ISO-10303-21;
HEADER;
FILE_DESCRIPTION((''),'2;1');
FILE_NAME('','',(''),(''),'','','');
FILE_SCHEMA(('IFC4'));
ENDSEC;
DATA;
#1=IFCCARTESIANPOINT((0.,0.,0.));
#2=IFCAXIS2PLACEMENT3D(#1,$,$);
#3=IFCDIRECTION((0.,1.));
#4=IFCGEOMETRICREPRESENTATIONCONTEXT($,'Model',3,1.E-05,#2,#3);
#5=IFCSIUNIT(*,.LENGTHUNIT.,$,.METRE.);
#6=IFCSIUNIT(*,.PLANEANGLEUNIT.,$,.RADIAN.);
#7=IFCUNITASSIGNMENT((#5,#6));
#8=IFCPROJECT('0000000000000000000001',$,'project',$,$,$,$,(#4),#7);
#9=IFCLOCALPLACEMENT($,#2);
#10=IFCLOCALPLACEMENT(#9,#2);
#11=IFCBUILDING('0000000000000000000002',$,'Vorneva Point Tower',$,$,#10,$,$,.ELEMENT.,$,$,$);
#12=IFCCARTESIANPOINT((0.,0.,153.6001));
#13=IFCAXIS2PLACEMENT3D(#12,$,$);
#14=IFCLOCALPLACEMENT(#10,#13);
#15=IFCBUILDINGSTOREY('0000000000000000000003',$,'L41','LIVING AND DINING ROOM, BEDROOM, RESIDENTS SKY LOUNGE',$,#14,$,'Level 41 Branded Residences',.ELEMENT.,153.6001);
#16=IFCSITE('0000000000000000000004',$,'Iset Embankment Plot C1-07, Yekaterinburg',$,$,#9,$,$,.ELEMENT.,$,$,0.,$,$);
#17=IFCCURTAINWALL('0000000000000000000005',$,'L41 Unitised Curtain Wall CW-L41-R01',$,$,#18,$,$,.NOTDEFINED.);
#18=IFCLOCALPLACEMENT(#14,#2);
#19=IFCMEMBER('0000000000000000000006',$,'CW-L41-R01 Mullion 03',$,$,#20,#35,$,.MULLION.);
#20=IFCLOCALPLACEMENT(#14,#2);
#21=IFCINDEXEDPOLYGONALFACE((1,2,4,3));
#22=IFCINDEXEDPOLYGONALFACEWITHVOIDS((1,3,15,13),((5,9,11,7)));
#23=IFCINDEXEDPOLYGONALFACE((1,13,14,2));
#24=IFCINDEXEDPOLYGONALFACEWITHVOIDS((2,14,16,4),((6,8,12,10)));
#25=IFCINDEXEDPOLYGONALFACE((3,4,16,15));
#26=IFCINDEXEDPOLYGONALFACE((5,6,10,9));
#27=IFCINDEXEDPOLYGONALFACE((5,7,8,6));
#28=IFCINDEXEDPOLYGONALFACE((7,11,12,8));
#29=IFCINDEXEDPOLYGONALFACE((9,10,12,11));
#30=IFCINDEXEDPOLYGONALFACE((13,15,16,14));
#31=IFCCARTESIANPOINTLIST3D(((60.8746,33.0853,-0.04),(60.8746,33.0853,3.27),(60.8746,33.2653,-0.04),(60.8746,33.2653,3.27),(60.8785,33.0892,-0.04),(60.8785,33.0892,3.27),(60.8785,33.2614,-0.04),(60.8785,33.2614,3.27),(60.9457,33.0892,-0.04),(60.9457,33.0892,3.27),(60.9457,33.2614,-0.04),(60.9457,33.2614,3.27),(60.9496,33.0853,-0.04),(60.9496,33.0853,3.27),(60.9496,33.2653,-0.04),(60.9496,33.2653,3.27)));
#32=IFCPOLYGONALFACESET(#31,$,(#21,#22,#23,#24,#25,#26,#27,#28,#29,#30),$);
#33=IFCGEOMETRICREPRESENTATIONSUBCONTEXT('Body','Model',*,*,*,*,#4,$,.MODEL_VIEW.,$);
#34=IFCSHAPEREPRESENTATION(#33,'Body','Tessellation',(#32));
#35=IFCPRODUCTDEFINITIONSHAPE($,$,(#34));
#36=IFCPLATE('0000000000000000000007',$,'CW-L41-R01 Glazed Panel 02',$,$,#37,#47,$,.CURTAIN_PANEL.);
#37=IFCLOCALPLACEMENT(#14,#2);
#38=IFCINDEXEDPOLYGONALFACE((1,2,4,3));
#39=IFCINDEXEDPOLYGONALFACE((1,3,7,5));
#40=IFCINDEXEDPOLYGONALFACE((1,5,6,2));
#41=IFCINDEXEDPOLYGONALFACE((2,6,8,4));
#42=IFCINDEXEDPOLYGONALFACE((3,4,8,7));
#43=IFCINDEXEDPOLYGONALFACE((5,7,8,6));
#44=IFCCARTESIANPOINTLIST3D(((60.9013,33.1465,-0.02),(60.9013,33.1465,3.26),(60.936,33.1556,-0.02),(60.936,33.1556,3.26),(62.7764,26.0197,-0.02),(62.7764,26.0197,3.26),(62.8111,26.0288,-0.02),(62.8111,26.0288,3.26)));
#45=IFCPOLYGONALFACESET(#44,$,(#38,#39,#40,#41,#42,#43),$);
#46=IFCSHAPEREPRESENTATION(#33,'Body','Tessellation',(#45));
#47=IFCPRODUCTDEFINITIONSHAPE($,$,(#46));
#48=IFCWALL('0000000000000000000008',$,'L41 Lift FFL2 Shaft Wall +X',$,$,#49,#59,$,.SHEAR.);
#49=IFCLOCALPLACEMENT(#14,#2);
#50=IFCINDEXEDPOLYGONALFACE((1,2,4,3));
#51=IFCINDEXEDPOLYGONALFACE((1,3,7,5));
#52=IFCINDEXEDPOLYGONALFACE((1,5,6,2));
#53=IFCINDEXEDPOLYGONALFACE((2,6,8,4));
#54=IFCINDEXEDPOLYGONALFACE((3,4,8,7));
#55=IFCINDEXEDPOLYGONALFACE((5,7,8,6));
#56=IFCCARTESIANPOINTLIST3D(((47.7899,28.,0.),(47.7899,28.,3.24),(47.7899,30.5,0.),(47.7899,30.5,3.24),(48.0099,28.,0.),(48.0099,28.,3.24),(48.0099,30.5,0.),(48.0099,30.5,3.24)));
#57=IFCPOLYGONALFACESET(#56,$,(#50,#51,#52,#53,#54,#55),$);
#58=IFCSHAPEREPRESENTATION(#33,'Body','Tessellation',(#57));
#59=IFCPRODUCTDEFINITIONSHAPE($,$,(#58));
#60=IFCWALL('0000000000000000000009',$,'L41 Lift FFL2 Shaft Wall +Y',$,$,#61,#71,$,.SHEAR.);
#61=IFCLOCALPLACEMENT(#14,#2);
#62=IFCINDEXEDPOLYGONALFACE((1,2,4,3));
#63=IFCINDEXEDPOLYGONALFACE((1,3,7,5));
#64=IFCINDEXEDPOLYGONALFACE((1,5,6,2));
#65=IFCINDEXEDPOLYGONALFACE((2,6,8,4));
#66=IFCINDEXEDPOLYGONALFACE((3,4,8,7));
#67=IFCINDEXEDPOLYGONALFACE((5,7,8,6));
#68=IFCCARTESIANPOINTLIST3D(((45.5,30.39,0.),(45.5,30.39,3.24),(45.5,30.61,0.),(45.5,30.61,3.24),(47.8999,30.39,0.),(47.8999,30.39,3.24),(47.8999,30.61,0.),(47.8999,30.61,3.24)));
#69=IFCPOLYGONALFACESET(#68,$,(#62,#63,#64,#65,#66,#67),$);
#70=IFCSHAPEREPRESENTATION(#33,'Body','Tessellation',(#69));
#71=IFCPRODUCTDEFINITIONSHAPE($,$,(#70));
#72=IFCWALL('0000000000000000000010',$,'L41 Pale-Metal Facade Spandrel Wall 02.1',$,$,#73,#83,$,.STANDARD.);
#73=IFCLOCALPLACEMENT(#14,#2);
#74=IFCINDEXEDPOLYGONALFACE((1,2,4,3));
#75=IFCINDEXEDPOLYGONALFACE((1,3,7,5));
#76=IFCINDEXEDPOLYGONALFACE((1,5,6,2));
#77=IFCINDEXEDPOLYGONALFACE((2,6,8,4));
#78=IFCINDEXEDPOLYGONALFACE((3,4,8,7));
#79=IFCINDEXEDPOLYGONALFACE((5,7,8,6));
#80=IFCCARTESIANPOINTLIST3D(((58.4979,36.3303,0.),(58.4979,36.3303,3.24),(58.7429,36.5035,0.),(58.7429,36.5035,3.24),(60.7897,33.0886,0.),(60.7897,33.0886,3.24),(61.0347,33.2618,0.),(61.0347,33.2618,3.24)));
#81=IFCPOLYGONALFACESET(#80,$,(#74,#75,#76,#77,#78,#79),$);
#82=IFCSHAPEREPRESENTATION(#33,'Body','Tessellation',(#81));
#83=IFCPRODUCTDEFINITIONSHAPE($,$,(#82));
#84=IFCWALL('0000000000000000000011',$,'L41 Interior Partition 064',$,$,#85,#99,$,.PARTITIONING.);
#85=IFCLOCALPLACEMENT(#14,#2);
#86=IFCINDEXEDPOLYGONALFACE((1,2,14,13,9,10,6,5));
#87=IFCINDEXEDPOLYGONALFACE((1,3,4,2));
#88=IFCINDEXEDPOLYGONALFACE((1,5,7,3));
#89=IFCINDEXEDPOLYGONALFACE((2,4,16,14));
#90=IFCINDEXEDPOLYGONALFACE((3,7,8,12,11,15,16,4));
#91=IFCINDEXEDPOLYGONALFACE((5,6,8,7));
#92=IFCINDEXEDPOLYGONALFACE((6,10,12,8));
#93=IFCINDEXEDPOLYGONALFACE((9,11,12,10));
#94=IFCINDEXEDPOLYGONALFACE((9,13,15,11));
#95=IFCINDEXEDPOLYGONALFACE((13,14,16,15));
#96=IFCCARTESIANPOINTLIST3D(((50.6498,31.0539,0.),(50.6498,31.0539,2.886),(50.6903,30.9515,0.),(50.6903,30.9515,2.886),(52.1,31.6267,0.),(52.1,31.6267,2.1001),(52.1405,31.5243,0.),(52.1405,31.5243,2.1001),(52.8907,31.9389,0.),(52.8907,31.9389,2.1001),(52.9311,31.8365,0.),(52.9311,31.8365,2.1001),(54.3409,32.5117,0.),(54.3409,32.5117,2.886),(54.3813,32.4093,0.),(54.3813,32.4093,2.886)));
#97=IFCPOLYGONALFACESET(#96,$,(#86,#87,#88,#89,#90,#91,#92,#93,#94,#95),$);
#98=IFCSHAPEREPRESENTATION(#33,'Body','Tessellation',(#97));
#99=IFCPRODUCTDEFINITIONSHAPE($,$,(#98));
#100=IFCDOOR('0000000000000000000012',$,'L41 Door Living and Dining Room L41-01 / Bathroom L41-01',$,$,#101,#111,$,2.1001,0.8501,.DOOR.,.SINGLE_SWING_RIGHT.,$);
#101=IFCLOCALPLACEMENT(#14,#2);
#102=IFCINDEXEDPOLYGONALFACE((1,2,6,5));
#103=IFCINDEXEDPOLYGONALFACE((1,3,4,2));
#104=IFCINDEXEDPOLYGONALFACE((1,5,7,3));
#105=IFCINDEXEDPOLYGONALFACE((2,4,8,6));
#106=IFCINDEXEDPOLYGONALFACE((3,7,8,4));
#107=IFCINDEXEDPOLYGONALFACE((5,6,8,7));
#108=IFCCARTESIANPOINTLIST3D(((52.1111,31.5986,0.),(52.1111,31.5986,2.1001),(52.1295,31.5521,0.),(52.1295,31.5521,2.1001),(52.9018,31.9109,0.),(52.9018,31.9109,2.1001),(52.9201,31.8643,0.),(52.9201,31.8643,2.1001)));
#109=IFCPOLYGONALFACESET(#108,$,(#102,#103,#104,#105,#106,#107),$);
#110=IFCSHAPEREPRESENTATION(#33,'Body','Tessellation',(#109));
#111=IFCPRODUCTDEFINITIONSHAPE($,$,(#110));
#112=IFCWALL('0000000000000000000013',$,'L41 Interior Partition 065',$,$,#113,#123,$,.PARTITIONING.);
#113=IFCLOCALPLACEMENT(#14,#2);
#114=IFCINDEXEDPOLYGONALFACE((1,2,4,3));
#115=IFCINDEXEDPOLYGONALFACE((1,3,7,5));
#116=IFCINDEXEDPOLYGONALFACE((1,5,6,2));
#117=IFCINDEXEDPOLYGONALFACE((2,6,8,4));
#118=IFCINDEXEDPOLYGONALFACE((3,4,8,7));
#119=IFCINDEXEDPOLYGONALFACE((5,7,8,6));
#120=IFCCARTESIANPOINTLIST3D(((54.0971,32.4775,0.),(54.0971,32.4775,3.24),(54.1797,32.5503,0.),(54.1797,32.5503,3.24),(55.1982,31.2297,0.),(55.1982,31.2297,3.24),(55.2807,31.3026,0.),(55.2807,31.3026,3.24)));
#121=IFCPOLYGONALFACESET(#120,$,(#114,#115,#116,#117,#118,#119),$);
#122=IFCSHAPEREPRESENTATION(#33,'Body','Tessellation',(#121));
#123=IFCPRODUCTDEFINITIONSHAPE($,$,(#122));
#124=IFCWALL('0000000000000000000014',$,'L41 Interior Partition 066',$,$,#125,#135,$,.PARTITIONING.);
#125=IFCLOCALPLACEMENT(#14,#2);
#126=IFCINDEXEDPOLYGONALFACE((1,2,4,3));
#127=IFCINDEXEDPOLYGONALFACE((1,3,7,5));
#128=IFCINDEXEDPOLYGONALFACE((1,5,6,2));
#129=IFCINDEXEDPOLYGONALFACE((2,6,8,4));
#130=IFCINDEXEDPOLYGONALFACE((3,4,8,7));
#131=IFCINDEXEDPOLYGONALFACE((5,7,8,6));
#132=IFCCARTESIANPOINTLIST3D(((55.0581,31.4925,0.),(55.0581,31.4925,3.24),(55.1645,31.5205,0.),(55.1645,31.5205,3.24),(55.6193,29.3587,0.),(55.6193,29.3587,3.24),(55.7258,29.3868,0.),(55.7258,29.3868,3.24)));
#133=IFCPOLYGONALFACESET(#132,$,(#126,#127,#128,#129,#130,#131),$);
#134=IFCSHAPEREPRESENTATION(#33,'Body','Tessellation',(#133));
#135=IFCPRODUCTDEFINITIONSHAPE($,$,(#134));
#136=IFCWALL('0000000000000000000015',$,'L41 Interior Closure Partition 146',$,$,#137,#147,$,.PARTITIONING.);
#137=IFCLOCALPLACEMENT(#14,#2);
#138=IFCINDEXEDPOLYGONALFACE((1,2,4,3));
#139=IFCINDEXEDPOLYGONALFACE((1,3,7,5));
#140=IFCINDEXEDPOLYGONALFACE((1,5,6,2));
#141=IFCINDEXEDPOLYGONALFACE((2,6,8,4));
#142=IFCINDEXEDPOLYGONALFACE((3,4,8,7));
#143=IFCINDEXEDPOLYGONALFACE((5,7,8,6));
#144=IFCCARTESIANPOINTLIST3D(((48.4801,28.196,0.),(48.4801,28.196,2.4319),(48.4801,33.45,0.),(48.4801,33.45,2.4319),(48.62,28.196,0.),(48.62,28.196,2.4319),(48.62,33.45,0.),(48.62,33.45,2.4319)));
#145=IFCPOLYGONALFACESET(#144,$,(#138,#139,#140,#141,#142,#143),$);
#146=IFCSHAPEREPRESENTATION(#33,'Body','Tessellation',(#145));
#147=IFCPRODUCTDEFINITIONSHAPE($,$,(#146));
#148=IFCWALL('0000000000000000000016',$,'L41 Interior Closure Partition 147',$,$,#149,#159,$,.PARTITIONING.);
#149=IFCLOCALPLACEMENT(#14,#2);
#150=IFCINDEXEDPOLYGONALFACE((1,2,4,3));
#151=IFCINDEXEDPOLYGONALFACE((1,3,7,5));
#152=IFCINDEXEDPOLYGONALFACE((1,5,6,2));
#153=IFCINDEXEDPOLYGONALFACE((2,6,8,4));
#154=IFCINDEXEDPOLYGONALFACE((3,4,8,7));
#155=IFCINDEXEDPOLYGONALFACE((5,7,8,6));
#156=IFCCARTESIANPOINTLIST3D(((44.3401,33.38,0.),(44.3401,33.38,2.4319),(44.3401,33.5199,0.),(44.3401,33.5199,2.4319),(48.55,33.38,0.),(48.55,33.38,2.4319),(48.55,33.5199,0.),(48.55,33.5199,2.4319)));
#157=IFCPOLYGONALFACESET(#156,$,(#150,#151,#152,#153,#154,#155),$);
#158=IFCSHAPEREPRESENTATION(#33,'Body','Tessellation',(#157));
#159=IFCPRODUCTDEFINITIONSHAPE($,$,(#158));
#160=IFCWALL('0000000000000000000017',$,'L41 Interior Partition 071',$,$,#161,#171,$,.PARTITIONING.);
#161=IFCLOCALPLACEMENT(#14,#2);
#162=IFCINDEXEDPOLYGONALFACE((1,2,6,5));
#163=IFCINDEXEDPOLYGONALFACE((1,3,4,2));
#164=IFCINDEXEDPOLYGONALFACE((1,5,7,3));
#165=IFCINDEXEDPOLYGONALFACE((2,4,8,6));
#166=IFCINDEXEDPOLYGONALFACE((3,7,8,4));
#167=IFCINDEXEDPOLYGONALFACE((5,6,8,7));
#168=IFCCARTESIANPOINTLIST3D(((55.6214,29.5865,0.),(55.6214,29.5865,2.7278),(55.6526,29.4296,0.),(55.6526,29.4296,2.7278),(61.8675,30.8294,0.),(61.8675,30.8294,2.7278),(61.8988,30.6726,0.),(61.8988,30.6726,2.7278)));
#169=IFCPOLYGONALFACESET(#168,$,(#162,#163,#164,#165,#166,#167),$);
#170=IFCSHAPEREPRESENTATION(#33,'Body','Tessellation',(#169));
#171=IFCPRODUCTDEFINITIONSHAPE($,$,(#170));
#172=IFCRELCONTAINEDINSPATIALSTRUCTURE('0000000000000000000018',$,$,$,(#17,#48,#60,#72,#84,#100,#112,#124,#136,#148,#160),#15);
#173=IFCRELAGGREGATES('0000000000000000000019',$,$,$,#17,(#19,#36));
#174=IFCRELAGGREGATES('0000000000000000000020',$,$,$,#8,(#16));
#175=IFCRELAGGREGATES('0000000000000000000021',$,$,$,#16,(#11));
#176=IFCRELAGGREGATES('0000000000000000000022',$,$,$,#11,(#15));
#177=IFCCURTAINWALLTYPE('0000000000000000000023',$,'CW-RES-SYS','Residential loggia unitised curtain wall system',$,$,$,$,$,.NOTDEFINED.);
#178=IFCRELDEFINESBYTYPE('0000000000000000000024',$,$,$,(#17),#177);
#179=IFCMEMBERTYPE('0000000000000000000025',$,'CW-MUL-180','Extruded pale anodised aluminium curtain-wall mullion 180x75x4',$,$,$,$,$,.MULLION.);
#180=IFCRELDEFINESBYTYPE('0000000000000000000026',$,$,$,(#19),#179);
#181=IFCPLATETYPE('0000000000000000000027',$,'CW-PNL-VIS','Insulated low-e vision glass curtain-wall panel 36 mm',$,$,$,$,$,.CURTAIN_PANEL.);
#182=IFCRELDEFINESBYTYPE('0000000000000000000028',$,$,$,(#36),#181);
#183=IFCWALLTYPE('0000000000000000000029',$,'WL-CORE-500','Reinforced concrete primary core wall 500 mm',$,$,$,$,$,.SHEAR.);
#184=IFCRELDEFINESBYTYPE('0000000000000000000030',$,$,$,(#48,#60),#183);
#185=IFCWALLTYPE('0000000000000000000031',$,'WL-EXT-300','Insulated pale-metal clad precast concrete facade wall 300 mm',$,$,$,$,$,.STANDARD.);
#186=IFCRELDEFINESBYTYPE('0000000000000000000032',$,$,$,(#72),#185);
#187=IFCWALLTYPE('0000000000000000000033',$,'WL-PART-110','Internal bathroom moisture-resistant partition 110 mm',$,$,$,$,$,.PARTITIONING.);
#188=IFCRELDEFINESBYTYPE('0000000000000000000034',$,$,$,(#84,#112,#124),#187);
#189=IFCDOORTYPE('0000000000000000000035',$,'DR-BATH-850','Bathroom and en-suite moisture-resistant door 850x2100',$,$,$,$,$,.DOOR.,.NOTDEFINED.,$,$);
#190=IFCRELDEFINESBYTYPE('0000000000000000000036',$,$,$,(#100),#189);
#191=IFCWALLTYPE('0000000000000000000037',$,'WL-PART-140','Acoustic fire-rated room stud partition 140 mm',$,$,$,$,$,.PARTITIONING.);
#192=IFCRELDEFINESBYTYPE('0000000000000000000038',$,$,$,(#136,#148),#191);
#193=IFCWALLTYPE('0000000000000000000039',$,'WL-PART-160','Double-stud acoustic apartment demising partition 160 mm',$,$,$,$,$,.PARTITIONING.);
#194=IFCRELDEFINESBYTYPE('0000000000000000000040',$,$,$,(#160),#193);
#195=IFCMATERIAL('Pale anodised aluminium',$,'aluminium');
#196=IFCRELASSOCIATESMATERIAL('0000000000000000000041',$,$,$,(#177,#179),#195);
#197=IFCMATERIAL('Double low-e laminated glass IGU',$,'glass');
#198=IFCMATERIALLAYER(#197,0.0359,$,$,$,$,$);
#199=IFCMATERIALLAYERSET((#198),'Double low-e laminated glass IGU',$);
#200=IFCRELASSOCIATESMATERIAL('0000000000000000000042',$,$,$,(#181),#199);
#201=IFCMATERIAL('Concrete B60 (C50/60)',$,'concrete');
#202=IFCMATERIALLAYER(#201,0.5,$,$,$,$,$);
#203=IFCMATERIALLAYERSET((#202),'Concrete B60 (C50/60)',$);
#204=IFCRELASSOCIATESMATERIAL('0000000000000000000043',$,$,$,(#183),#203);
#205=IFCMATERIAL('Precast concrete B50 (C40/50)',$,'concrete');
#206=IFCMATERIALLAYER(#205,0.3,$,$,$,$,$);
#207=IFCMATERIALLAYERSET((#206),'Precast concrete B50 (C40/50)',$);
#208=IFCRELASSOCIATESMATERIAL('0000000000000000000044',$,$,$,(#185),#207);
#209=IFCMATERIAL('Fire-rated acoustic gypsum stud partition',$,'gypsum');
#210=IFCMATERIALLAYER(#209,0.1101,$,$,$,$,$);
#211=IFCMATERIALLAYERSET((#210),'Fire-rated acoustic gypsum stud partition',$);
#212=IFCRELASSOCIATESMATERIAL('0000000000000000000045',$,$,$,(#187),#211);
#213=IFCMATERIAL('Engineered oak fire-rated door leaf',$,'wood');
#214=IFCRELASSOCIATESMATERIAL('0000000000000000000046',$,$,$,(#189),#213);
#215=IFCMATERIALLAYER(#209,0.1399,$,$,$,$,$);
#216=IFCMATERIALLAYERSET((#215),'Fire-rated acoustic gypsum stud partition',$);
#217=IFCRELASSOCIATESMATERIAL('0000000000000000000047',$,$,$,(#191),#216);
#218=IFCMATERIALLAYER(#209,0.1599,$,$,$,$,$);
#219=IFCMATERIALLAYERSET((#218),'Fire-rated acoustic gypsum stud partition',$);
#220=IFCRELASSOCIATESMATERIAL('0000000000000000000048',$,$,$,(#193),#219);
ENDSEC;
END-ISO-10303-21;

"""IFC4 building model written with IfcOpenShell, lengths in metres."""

from ifc_helpers import new_model, si_unit, direction, frame, frame_2d, origin, origin_2d, place, context, subcontext, project, spatial, rectangle, hollow_rectangle, extrude, material, layer, layer_set, material_profile, profile_set, type_object, element, fill, aggregate, save


model = new_model("IFC4")

# Units and contexts
model_context = context("Model", 3, precision=1e-05, world=origin(), true_north=direction((0.0, 1.0)))
body_context = subcontext(model_context, "Body", "Model", "MODEL_VIEW")
ifc_project = project(units=[si_unit("LENGTHUNIT", "METRE"), si_unit("PLANEANGLEUNIT", "RADIAN")], contexts=[model_context])

# Site, building, storey
site_placement = place(None, origin())
site = spatial("IfcSite", under=ifc_project, at=site_placement, Name="Iset Embankment Plot C1-07, Yekaterinburg", CompositionType="ELEMENT", RefElevation=0.0)
building_placement = place(site_placement, origin())
building = spatial("IfcBuilding", under=site, at=building_placement, Name="Vorneva Point Tower", CompositionType="ELEMENT")
storey_placement = place(building_placement, frame((0.0, 0.0, 153.6001)))
storey = spatial("IfcBuildingStorey", under=building, at=storey_placement, Name="L41", Description="LIVING AND DINING ROOM, BEDROOM, RESIDENTS SKY LOUNGE", LongName="Level 41 Branded Residences", CompositionType="ELEMENT", Elevation=153.6001)

# Shared definitions
ifc_material_1 = material(Name="Concrete B60 (C50/60)", Category="concrete")

# Curtain wall, member, plate
ifc_material_2 = material(Name="Pale anodised aluminium", Category="aluminium")
curtain_wall_type = type_object("IfcCurtainWallType", Name="CW-RES-SYS", Description="Residential loggia unitised curtain wall system", PredefinedType="NOTDEFINED", material=ifc_material_2)
curtain_wall_placement = place(storey_placement, origin())
curtain_wall = element("IfcCurtainWall", 1, at=curtain_wall_placement, inside=storey, type_object=curtain_wall_type, Name="L41 Unitised Curtain Wall CW-L41-R01", PredefinedType="NOTDEFINED")
ifc_material_profile_1 = material_profile(ifc_material_2, hollow_rectangle(XDim=0.075, YDim=0.1799, WallThickness=0.0039, at=origin_2d()), Name="AL-MUL 180x75x4")
ifc_profile_set_1 = profile_set([ifc_material_profile_1], Name="Pale anodised aluminium")
member_type = type_object("IfcMemberType", Name="CW-MUL-180", Description="Extruded pale anodised aluminium curtain-wall mullion 180x75x4", PredefinedType="MULLION", material=ifc_profile_set_1)
member_placement = place(storey_placement, frame((60.9121, 33.1753, -0.04), z_axis=(0.0, 0.0, 1.0), x_axis=(1.0, 0.0, 0.0)))
member = element("IfcMember", 2, at=member_placement, type_object=member_type, Name="CW-L41-R01 Mullion 03", PredefinedType="MULLION", context=body_context, shape_type="SweptSolid", body=[
    extrude(hollow_rectangle(XDim=0.075, YDim=0.1799, WallThickness=0.0039, at=origin_2d()), origin(), (0.0, 0.0, 1.0), 3.3101),
])
ifc_material_3 = material(Name="Double low-e laminated glass IGU", Category="glass")
ifc_layer_1 = layer(ifc_material_3, 0.0359)
ifc_layer_set_1 = layer_set([ifc_layer_1], Name="Double low-e laminated glass IGU")
plate_type = type_object("IfcPlateType", Name="CW-PNL-VIS", Description="Insulated low-e vision glass curtain-wall panel 36 mm", PredefinedType="CURTAIN_PANEL", material=ifc_layer_set_1)
plate_placement = place(storey_placement, frame((61.8562, 29.5876, -0.02), z_axis=(0.0, 0.0, 1.0), x_axis=(-0.254433, 0.96709, 0.0)))
plate = element("IfcPlate", 3, at=plate_placement, type_object=plate_type, Name="CW-L41-R01 Glazed Panel 02", PredefinedType="CURTAIN_PANEL", context=body_context, shape_type="SweptSolid", body=[
    extrude(rectangle(XDim=7.3694, YDim=0.0359, at=origin_2d()), origin(), (0.0, 0.0, 1.0), 3.28),
])
aggregate(curtain_wall, [member, plate])

# Walls
ifc_layer_2 = layer(ifc_material_1, 0.5)
ifc_layer_set_2 = layer_set([ifc_layer_2], Name="Concrete B60 (C50/60)")
wall_type_1 = type_object("IfcWallType", Name="WL-CORE-500", Description="Reinforced concrete primary core wall 500 mm", PredefinedType="SHEAR", material=ifc_layer_set_2)
wall_1_placement = place(storey_placement, frame((47.8999, 28.0, 0.0), z_axis=(0.0, 0.0, 1.0), x_axis=(0.0, 1.0, 0.0)))
element("IfcWall", 4, at=wall_1_placement, inside=storey, type_object=wall_type_1, Name="L41 Lift FFL2 Shaft Wall +X", PredefinedType="SHEAR", context=body_context, shape_type="SweptSolid", body=[
    extrude(rectangle(XDim=2.5, YDim=0.22, at=frame_2d((1.25, 0.0))), origin(), (0.0, 0.0, 1.0), 3.24),
])
wall_2_placement = place(storey_placement, frame((47.8999, 30.5, 0.0), z_axis=(0.0, 0.0, 1.0), x_axis=(-1.0, 0.0, 0.0)))
element("IfcWall", 5, at=wall_2_placement, inside=storey, type_object=wall_type_1, Name="L41 Lift FFL2 Shaft Wall +Y", PredefinedType="SHEAR", context=body_context, shape_type="SweptSolid", body=[
    extrude(rectangle(XDim=2.3999, YDim=0.22, at=frame_2d((1.2, 0.0))), origin(), (0.0, 0.0, 1.0), 3.24),
])
ifc_material_4 = material(Name="Precast concrete B50 (C40/50)", Category="concrete")
ifc_layer_3 = layer(ifc_material_4, 0.3)
ifc_layer_set_3 = layer_set([ifc_layer_3], Name="Precast concrete B50 (C40/50)")
wall_type_2 = type_object("IfcWallType", Name="WL-EXT-300", Description="Insulated pale-metal clad precast concrete facade wall 300 mm", PredefinedType="STANDARD", material=ifc_layer_set_3)
wall_3_placement = place(storey_placement, frame((60.9121, 33.1753, 0.0), z_axis=(0.0, 0.0, 1.0), x_axis=(-0.57727, 0.816554, 0.0)))
element("IfcWall", 6, at=wall_3_placement, inside=storey, type_object=wall_type_2, Name="L41 Pale-Metal Facade Spandrel Wall 02.1", PredefinedType="STANDARD", context=body_context, shape_type="SweptSolid", body=[
    extrude(rectangle(XDim=3.97, YDim=0.3, at=frame_2d((1.9849, 0.0))), origin(), (0.0, 0.0, 1.0), 3.24),
])

# Wall, opening, door
ifc_material_5 = material(Name="Fire-rated acoustic gypsum stud partition", Category="gypsum")
ifc_layer_4 = layer(ifc_material_5, 0.1101)
ifc_layer_set_4 = layer_set([ifc_layer_4], Name="Fire-rated acoustic gypsum stud partition")
wall_type_3 = type_object("IfcWallType", Name="WL-PART-110", Description="Internal bathroom moisture-resistant partition 110 mm", PredefinedType="PARTITIONING", material=ifc_layer_set_4)
wall_4_placement = place(storey_placement, frame((50.6699, 31.0027, 0.0), z_axis=(0.0, 0.0, 1.0), x_axis=(0.930093, 0.367325, 0.0)))
wall_4 = element("IfcWall", 7, at=wall_4_placement, inside=storey, type_object=wall_type_3, Name="L41 Interior Partition 064", PredefinedType="PARTITIONING", context=body_context, shape_type="SweptSolid", body=[
    extrude(rectangle(XDim=3.9685, YDim=0.1101, at=frame_2d((1.9844, 0.0))), origin(), (0.0, 0.0, 1.0), 2.886),
])
opening_1_placement = place(wall_4_placement, frame((1.5593, 0.0, 0.0)))
opening_1 = element("IfcOpeningElement", 8, at=opening_1_placement, cuts=wall_4, PredefinedType="OPENING", context=body_context, shape_type="SweptSolid", body=[
    extrude(rectangle(XDim=0.8501, YDim=2.1001, at=frame_2d((0.425, 1.05))), frame((0.0, 0.0698, 0.0), z_axis=(0.0, -1.0, 0.0), x_axis=(1.0, 0.0, 0.0)), (0.0, 0.0, 1.0), 0.1399),
])
ifc_material_6 = material(Name="Engineered oak fire-rated door leaf", Category="wood")
door_type_1 = type_object("IfcDoorType", Name="DR-BATH-850", Description="Bathroom and en-suite moisture-resistant door 850x2100", OperationType="NOTDEFINED", PredefinedType="DOOR", material=ifc_material_6)
door_1_placement = place(opening_1_placement, origin())
door_1 = element("IfcDoor", 9, at=door_1_placement, inside=storey, type_object=door_type_1, Name="L41 Door Living and Dining Room L41-01 / Bathroom L41-01", OperationType="SINGLE_SWING_RIGHT", OverallHeight=2.1001, OverallWidth=0.8501, PredefinedType="DOOR", context=body_context, shape_type="SweptSolid", body=[
    extrude(rectangle(XDim=0.8501, YDim=2.1001, at=frame_2d((0.425, 1.05))), frame((0.0, 0.0249, 0.0), z_axis=(0.0, -1.0, 0.0), x_axis=(1.0, 0.0, 0.0)), (0.0, 0.0, 1.0), 0.05),
])
fill(opening_1, door_1)

# Walls
wall_5_placement = place(storey_placement, frame((54.1384, 32.5139, 0.0), z_axis=(0.0, 0.0, 1.0), x_axis=(0.661646, -0.749816, 0.0)))
element("IfcWall", 10, at=wall_5_placement, inside=storey, type_object=wall_type_3, Name="L41 Interior Partition 065", PredefinedType="PARTITIONING", context=body_context, shape_type="SweptSolid", body=[
    extrude(rectangle(XDim=1.6641, YDim=0.1101, at=frame_2d((0.832, 0.0))), origin(), (0.0, 0.0, 1.0), 3.24),
])
wall_6_placement = place(storey_placement, frame((55.1113, 31.5063, 0.0), z_axis=(0.0, 0.0, 1.0), x_axis=(0.25439, -0.967102, 0.0)))
element("IfcWall", 11, at=wall_6_placement, inside=storey, type_object=wall_type_3, Name="L41 Interior Partition 066", PredefinedType="PARTITIONING", context=body_context, shape_type="SweptSolid", body=[
    extrude(rectangle(XDim=2.2063, YDim=0.1101, at=frame_2d((1.103, 0.0))), origin(), (0.0, 0.0, 1.0), 3.24),
])
ifc_layer_5 = layer(ifc_material_5, 0.1399)
ifc_layer_set_5 = layer_set([ifc_layer_5], Name="Fire-rated acoustic gypsum stud partition")
wall_type_4 = type_object("IfcWallType", Name="WL-PART-140", Description="Acoustic fire-rated room stud partition 140 mm", PredefinedType="PARTITIONING", material=ifc_layer_set_5)
wall_7_placement = place(storey_placement, frame((48.55, 28.196, 0.0), z_axis=(0.0, 0.0, 1.0), x_axis=(0.0, 1.0, 0.0)))
element("IfcWall", 12, at=wall_7_placement, inside=storey, type_object=wall_type_4, Name="L41 Interior Closure Partition 146", PredefinedType="PARTITIONING", context=body_context, shape_type="SweptSolid", body=[
    extrude(rectangle(XDim=5.2539, YDim=0.1399, at=frame_2d((2.627, 0.0))), origin(), (0.0, 0.0, 1.0), 2.4319),
])
wall_8_placement = place(storey_placement, frame((48.55, 33.45, 0.0), z_axis=(0.0, 0.0, 1.0), x_axis=(-1.0, 0.0, 0.0)))
element("IfcWall", 13, at=wall_8_placement, inside=storey, type_object=wall_type_4, Name="L41 Interior Closure Partition 147", PredefinedType="PARTITIONING", context=body_context, shape_type="SweptSolid", body=[
    extrude(rectangle(XDim=4.21, YDim=0.1399, at=frame_2d((2.105, 0.0))), origin(), (0.0, 0.0, 1.0), 2.4319),
])
ifc_layer_6 = layer(ifc_material_5, 0.1599)
ifc_layer_set_6 = layer_set([ifc_layer_6], Name="Fire-rated acoustic gypsum stud partition")
wall_type_5 = type_object("IfcWallType", Name="WL-PART-160", Description="Double-stud acoustic apartment demising partition 160 mm", PredefinedType="PARTITIONING", material=ifc_layer_set_6)
wall_9_placement = place(storey_placement, frame((55.637, 29.5081, 0.0), z_axis=(0.0, 0.0, 1.0), x_axis=(0.98077, 0.195165, 0.0)))
element("IfcWall", 14, at=wall_9_placement, inside=storey, type_object=wall_type_5, Name="L41 Interior Partition 071", PredefinedType="PARTITIONING", context=body_context, shape_type="SweptSolid", body=[
    extrude(rectangle(XDim=6.3687, YDim=0.1599, at=frame_2d((3.1843, 0.0))), origin(), (0.0, 0.0, 1.0), 2.7278),
])

save(model, "model.ifc")
